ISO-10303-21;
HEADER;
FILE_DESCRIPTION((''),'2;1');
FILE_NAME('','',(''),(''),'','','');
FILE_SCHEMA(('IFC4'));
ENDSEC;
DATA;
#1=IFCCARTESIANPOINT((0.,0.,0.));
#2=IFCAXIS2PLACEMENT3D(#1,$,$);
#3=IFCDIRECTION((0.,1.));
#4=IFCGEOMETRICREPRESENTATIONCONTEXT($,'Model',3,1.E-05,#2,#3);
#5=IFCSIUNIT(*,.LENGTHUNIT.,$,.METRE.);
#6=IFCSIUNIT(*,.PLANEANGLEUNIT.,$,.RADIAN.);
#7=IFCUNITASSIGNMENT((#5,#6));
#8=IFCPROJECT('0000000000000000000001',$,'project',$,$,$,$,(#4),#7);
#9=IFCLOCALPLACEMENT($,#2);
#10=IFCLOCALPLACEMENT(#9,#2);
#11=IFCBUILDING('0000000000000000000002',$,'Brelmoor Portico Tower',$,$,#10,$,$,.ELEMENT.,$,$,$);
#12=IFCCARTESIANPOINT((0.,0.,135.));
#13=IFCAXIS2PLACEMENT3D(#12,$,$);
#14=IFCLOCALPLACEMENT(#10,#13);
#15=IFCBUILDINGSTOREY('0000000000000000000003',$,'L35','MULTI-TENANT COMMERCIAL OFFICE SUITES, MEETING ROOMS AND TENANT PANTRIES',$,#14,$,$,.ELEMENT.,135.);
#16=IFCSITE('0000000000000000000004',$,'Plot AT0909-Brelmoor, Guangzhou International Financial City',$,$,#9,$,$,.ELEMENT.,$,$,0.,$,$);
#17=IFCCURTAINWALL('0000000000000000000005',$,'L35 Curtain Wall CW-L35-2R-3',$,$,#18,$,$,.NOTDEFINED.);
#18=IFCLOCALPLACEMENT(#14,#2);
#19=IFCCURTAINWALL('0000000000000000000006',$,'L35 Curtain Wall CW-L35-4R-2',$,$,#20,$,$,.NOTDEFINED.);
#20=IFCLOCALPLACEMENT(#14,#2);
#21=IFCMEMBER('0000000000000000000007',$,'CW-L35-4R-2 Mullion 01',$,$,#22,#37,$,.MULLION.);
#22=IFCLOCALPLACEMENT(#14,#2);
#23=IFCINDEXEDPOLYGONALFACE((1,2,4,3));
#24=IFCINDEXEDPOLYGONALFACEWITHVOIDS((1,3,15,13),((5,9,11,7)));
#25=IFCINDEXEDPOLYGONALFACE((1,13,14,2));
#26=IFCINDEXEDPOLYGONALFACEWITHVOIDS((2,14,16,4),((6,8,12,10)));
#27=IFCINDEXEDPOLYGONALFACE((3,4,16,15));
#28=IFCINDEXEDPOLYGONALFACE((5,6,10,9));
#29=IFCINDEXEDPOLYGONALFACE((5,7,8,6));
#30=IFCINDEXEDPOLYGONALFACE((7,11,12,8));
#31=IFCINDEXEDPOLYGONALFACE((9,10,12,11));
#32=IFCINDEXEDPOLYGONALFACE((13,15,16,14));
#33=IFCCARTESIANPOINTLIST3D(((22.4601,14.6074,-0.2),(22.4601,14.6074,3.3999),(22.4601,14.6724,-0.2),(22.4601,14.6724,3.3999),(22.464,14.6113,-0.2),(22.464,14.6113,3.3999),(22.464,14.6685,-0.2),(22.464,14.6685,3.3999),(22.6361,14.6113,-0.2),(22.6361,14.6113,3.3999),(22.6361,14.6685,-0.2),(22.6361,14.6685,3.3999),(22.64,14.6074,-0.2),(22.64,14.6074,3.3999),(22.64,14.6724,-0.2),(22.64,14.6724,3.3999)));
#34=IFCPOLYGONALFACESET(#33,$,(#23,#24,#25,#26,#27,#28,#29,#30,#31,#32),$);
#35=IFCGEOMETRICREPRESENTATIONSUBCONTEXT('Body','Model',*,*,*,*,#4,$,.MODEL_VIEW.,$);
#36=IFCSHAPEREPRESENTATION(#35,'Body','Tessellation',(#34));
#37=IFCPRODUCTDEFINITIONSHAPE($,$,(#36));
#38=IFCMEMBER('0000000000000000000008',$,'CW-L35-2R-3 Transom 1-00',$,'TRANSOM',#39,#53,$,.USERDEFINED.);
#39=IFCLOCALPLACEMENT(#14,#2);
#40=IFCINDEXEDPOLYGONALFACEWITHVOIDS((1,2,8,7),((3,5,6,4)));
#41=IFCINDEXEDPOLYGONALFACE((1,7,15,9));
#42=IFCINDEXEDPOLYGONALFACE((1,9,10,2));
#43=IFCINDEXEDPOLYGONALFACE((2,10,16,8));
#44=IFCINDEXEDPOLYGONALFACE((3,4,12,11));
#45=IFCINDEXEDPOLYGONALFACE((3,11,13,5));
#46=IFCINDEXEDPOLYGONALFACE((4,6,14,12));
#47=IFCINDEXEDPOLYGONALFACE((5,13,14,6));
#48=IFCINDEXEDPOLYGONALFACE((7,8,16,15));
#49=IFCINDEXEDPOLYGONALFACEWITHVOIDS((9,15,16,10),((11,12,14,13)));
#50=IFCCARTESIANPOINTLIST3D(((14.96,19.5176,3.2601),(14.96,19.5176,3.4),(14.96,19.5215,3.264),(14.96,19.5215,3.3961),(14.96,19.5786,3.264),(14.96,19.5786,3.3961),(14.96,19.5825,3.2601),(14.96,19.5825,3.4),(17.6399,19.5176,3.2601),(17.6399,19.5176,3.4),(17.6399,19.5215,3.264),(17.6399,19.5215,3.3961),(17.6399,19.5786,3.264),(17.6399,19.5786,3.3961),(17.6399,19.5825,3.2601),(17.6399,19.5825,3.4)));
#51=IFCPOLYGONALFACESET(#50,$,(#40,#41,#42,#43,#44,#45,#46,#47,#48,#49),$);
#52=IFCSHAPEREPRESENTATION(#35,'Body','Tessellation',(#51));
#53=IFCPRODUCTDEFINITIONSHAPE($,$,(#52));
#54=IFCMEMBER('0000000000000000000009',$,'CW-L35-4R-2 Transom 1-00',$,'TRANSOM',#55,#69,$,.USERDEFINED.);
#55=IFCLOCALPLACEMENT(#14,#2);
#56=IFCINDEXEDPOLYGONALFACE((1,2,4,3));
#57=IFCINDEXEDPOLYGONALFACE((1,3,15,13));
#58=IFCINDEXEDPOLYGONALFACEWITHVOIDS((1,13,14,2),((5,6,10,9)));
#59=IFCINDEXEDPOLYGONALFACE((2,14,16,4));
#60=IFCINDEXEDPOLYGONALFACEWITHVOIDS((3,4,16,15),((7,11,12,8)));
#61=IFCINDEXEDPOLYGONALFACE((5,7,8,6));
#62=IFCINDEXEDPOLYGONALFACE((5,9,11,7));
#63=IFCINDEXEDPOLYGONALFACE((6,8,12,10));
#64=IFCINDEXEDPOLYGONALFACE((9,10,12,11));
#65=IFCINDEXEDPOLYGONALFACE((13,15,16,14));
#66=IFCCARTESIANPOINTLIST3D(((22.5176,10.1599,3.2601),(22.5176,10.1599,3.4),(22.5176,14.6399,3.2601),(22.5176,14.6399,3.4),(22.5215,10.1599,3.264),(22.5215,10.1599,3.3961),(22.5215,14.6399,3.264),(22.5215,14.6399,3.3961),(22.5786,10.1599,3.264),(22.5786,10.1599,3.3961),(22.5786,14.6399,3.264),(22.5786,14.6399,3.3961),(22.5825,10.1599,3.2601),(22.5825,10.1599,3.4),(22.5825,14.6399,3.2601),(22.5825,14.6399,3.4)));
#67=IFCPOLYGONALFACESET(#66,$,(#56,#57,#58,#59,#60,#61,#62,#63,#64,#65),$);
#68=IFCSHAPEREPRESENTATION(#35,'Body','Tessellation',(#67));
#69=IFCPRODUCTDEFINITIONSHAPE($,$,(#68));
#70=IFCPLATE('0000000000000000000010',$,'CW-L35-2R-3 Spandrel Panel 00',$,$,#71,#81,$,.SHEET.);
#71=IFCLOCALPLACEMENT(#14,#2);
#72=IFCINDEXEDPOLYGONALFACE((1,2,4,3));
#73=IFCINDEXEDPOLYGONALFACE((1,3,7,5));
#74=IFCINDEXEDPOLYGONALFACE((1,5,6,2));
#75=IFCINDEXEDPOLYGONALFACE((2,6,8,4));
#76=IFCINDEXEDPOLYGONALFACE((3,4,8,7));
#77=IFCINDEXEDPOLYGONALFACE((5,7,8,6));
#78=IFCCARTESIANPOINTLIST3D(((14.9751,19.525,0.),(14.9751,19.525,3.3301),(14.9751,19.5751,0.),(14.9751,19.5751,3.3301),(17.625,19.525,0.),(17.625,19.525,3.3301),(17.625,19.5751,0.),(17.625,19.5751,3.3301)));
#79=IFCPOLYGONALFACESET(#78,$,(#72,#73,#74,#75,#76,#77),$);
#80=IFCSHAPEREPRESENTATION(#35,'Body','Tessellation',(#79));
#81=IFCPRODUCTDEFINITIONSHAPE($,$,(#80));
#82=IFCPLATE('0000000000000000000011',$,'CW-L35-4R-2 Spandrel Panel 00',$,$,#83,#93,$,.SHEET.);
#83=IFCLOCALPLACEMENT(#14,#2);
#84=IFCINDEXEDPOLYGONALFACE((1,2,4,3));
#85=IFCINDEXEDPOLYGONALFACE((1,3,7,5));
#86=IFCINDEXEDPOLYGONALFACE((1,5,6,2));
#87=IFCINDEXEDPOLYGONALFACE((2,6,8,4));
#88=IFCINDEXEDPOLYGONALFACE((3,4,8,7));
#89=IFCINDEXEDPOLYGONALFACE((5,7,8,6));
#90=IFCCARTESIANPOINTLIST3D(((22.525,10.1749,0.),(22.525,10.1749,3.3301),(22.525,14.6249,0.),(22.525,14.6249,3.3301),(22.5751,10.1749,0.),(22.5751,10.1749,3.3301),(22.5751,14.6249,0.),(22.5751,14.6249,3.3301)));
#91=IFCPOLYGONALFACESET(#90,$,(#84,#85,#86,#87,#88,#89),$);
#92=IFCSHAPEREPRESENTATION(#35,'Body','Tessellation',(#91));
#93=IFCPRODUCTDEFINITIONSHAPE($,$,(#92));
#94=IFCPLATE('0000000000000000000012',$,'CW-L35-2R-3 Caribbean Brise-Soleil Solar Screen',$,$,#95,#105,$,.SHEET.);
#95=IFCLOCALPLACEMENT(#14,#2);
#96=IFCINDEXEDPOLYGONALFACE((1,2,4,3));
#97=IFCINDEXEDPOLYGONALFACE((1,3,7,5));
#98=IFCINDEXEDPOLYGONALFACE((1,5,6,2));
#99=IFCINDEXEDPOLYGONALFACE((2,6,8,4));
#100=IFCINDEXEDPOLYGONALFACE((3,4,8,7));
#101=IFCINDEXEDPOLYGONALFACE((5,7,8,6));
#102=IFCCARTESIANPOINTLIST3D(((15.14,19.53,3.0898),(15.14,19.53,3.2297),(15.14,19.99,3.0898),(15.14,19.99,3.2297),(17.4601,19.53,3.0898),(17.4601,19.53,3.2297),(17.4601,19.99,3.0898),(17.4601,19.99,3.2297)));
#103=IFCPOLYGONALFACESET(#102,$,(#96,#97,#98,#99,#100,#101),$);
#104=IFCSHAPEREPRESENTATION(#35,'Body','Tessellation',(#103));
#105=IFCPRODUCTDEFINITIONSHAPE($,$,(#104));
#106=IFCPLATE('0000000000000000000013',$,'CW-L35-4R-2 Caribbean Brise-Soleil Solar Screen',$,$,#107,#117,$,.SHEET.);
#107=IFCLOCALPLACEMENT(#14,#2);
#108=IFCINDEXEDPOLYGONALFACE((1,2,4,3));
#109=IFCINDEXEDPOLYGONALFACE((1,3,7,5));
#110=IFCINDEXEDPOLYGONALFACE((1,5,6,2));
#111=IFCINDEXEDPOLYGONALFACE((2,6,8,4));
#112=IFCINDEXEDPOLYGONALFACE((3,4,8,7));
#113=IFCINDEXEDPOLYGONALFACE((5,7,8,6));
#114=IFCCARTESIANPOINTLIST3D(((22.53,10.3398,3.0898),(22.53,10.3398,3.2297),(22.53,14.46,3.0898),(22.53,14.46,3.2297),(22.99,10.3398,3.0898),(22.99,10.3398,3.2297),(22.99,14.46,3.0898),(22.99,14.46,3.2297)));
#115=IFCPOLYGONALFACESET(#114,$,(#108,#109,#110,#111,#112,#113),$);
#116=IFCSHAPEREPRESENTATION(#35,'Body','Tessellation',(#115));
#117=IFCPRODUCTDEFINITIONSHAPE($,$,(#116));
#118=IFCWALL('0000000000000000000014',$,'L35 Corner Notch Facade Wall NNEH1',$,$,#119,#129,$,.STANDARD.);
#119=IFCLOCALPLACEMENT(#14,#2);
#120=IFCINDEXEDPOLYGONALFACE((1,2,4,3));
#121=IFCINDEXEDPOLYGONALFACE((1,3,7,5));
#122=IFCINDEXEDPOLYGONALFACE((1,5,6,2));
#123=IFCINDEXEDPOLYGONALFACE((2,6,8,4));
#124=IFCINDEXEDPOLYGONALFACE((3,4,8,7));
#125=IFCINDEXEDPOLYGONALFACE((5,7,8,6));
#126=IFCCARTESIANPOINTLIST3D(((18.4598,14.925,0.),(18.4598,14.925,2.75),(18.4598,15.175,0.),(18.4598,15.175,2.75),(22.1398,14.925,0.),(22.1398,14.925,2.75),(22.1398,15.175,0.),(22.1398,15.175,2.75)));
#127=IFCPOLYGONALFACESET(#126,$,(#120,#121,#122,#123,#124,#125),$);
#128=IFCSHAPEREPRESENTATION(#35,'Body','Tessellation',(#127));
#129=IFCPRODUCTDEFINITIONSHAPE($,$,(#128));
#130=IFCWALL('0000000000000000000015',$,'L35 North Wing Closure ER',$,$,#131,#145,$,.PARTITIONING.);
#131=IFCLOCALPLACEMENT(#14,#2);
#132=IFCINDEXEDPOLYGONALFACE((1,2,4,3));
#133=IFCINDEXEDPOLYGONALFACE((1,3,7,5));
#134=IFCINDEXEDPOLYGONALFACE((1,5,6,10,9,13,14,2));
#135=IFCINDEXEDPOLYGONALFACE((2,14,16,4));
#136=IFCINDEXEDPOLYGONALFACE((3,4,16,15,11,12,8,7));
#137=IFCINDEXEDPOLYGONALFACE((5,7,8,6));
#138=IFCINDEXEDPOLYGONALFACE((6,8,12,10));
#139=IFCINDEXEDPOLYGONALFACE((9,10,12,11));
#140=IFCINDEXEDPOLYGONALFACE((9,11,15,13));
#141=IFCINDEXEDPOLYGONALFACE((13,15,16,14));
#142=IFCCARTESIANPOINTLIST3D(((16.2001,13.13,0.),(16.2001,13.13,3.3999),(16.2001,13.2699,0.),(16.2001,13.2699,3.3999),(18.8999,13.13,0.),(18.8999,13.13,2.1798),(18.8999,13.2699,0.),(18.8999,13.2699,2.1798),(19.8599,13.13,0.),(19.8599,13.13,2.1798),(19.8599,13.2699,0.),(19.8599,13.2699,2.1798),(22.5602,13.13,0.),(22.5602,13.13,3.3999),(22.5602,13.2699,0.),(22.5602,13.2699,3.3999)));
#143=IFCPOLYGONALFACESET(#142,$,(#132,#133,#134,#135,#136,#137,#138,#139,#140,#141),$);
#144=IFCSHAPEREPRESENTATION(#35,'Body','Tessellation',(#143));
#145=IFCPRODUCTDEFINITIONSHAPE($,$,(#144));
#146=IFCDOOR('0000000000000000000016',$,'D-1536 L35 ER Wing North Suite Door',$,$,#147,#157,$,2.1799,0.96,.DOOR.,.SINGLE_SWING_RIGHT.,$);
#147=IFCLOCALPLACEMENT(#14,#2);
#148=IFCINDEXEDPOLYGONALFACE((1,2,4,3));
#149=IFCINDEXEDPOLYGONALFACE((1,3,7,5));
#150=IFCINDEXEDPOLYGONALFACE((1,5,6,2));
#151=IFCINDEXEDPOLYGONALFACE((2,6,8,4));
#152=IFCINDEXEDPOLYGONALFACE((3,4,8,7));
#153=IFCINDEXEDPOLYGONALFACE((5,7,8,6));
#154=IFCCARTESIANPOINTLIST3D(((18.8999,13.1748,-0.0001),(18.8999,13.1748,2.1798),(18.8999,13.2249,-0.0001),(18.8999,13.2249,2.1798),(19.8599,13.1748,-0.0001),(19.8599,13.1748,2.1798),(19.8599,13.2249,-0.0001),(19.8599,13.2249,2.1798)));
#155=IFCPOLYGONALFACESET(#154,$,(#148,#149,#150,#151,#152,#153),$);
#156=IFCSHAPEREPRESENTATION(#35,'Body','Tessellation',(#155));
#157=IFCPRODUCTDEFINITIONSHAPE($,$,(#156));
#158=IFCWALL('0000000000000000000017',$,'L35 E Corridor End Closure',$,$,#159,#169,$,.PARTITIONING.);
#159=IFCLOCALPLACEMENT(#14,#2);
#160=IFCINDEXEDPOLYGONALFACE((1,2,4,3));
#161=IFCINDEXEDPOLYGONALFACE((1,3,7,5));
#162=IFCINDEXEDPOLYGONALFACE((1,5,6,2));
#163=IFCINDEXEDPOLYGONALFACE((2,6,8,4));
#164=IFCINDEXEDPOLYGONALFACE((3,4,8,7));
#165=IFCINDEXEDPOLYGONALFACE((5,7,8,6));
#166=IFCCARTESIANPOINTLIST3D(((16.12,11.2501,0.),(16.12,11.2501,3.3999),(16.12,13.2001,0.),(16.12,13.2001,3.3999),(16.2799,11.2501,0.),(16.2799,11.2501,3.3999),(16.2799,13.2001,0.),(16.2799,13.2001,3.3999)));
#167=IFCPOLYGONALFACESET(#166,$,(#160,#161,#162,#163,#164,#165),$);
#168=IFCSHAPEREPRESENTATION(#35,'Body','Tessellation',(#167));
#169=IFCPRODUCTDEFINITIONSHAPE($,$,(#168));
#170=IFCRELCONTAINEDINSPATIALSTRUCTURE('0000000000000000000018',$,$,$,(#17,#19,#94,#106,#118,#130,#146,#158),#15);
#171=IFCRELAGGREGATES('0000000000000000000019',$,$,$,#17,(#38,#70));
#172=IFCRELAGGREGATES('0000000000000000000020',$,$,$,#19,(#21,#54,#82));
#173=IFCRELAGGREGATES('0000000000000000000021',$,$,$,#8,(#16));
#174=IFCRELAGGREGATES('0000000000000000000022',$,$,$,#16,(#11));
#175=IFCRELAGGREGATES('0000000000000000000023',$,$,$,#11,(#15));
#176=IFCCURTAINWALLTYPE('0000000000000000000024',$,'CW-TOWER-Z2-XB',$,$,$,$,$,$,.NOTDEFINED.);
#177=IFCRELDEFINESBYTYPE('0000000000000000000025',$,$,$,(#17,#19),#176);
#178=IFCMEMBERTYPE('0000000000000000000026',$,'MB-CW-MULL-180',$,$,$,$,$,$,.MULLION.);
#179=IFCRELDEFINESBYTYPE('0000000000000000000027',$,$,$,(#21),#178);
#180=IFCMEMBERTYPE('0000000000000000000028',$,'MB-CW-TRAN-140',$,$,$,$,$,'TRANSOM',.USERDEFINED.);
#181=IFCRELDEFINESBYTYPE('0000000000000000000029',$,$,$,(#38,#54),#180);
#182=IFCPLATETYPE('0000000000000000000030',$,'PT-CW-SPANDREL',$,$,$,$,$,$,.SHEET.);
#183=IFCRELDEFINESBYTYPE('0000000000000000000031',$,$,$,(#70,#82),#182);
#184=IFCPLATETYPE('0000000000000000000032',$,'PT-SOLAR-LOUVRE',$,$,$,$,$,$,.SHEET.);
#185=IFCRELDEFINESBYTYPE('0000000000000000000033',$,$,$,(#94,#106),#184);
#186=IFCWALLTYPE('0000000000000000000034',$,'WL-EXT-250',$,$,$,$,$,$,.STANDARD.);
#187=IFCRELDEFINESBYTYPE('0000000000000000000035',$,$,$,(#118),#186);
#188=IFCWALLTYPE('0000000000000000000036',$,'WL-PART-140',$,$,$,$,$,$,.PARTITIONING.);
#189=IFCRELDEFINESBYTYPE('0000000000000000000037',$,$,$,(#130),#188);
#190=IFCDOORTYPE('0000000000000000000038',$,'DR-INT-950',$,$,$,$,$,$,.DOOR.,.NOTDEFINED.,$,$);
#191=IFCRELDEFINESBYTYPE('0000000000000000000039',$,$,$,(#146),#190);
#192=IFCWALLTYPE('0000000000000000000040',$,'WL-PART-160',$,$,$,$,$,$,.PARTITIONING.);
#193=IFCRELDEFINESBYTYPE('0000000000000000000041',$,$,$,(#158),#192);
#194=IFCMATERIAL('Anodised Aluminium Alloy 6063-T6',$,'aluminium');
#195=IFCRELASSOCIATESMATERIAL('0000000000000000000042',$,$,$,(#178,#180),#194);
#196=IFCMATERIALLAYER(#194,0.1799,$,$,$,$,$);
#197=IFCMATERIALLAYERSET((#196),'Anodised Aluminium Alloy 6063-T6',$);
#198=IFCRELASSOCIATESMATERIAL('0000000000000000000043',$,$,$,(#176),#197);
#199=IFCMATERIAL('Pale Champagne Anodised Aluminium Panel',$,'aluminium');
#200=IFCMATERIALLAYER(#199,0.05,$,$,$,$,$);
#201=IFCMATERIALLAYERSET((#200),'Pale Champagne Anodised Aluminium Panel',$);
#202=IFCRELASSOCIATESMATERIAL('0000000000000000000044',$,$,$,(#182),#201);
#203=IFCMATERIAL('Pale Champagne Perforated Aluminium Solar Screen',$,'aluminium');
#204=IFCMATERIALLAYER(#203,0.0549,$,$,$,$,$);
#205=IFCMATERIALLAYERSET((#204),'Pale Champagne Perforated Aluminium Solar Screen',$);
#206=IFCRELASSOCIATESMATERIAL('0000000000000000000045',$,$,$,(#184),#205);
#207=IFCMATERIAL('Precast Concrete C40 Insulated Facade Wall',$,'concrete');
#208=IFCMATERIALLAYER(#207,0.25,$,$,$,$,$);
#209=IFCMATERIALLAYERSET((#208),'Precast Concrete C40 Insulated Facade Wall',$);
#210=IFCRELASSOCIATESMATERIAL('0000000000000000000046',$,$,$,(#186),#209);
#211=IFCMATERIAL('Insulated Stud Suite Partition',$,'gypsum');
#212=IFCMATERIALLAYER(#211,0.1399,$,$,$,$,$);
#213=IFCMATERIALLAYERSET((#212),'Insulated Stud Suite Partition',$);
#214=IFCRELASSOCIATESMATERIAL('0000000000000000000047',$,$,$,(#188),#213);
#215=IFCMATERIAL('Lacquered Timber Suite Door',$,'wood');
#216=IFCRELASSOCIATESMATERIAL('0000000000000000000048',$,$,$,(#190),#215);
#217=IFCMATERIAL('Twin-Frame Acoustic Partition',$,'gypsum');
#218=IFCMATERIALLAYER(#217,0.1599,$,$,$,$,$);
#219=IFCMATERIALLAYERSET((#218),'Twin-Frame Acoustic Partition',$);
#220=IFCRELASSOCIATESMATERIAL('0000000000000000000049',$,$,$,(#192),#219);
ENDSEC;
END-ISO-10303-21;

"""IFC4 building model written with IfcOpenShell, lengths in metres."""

from ifc_helpers import new_model, si_unit, direction, frame, frame_2d, origin, origin_2d, place, context, subcontext, project, spatial, rectangle, hollow_rectangle, extrude, material, layer, layer_set, material_profile, profile_set, type_object, element, fill, aggregate, save


model = new_model("IFC4")

# Units and contexts
model_context = context("Model", 3, precision=1e-05, world=origin(), true_north=direction((0.0, 1.0)))
body_context = subcontext(model_context, "Body", "Model", "MODEL_VIEW")
ifc_project = project(units=[si_unit("LENGTHUNIT", "METRE"), si_unit("PLANEANGLEUNIT", "RADIAN")], contexts=[model_context])

# Site, building, storey
site_placement = place(None, origin())
site = spatial("IfcSite", under=ifc_project, at=site_placement, Name="Plot AT0909-Brelmoor, Guangzhou International Financial City", CompositionType="ELEMENT", RefElevation=0.0)
building_placement = place(site_placement, origin())
building = spatial("IfcBuilding", under=site, at=building_placement, Name="Brelmoor Portico Tower", CompositionType="ELEMENT")
storey_placement = place(building_placement, frame((0.0, 0.0, 135.0)))
storey = spatial("IfcBuildingStorey", under=building, at=storey_placement, Name="L35", Description="MULTI-TENANT COMMERCIAL OFFICE SUITES, MEETING ROOMS AND TENANT PANTRIES", CompositionType="ELEMENT", Elevation=135.0)

# Shared definitions
ifc_material_1 = material(Name="Anodised Aluminium Alloy 6063-T6", Category="aluminium")
ifc_material_profile_1 = material_profile(ifc_material_1, hollow_rectangle(XDim=0.0649, YDim=0.1799, WallThickness=0.0039, at=origin_2d()), Name="ALU MULLION 65x180")
ifc_profile_set_1 = profile_set([ifc_material_profile_1], Name="Anodised Aluminium Alloy 6063-T6")
member_type_1 = type_object("IfcMemberType", Name="MB-CW-MULL-180", PredefinedType="MULLION", material=ifc_profile_set_1)

# Curtain wall
ifc_layer_1 = layer(ifc_material_1, 0.1799)
ifc_layer_set_1 = layer_set([ifc_layer_1], Name="Anodised Aluminium Alloy 6063-T6")
curtain_wall_type_1 = type_object("IfcCurtainWallType", Name="CW-TOWER-Z2-XB", PredefinedType="NOTDEFINED", material=ifc_layer_set_1)
curtain_wall_1_placement = place(storey_placement, origin())
curtain_wall_1 = element("IfcCurtainWall", 1, at=curtain_wall_1_placement, inside=storey, type_object=curtain_wall_type_1, Name="L35 Curtain Wall CW-L35-2R-3", PredefinedType="NOTDEFINED")

# Curtain wall, member
curtain_wall_2_placement = place(storey_placement, origin())
curtain_wall_2 = element("IfcCurtainWall", 2, at=curtain_wall_2_placement, inside=storey, type_object=curtain_wall_type_1, Name="L35 Curtain Wall CW-L35-4R-2", PredefinedType="NOTDEFINED")
member_1_placement = place(storey_placement, frame((22.55, 14.6399, -0.2), z_axis=(0.0, 0.0, 1.0), x_axis=(0.0, 1.0, 0.0)))
member_1 = element("IfcMember", 3, at=member_1_placement, type_object=member_type_1, Name="CW-L35-4R-2 Mullion 01", PredefinedType="MULLION", context=body_context, shape_type="SweptSolid", body=[
    extrude(hollow_rectangle(XDim=0.0649, YDim=0.1799, WallThickness=0.0039, at=origin_2d()), origin(), (0.0, 0.0, 1.0), 3.5999),
])

# Members
ifc_material_profile_2 = material_profile(ifc_material_1, hollow_rectangle(XDim=0.0649, YDim=0.1399, WallThickness=0.0039, at=origin_2d()), Name="ALU TRANSOM 65x140")
ifc_profile_set_2 = profile_set([ifc_material_profile_2], Name="Anodised Aluminium Alloy 6063-T6")
member_type_2 = type_object("IfcMemberType", Name="MB-CW-TRAN-140", ElementType="TRANSOM", PredefinedType="USERDEFINED", material=ifc_profile_set_2)
member_2_placement = place(storey_placement, frame((14.96, 19.55, 3.3301), z_axis=(1.0, 0.0, 0.0), x_axis=(0.0, 1.0, 0.0)))
member_2 = element("IfcMember", 4, at=member_2_placement, type_object=member_type_2, Name="CW-L35-2R-3 Transom 1-00", ObjectType="TRANSOM", PredefinedType="USERDEFINED", context=body_context, shape_type="SweptSolid", body=[
    extrude(hollow_rectangle(XDim=0.0649, YDim=0.1399, WallThickness=0.0039, at=origin_2d()), origin(), (0.0, 0.0, 1.0), 2.6799),
])
member_3_placement = place(storey_placement, frame((22.55, 10.1599, 3.3301), z_axis=(0.0, 1.0, 0.0), x_axis=(-1.0, 0.0, 0.0)))
member_3 = element("IfcMember", 5, at=member_3_placement, type_object=member_type_2, Name="CW-L35-4R-2 Transom 1-00", ObjectType="TRANSOM", PredefinedType="USERDEFINED", context=body_context, shape_type="SweptSolid", body=[
    extrude(hollow_rectangle(XDim=0.0649, YDim=0.1399, WallThickness=0.0039, at=origin_2d()), origin(), (0.0, 0.0, 1.0), 4.48),
])

# Plates
ifc_material_2 = material(Name="Pale Champagne Anodised Aluminium Panel", Category="aluminium")
ifc_layer_2 = layer(ifc_material_2, 0.05)
ifc_layer_set_2 = layer_set([ifc_layer_2], Name="Pale Champagne Anodised Aluminium Panel")
plate_type_1 = type_object("IfcPlateType", Name="PT-CW-SPANDREL", PredefinedType="SHEET", material=ifc_layer_set_2)
plate_1_placement = place(storey_placement, frame((16.3, 19.55, 0.0), z_axis=(0.0, 0.0, 1.0), x_axis=(1.0, 0.0, 0.0)))
plate_1 = element("IfcPlate", 6, at=plate_1_placement, type_object=plate_type_1, Name="CW-L35-2R-3 Spandrel Panel 00", PredefinedType="SHEET", context=body_context, shape_type="SweptSolid", body=[
    extrude(rectangle(XDim=2.6499, YDim=0.05, at=origin_2d()), origin(), (0.0, 0.0, 1.0), 3.3301),
])
aggregate(curtain_wall_1, [member_2, plate_1])
plate_2_placement = place(storey_placement, frame((22.55, 12.3999, 0.0), z_axis=(0.0, 0.0, 1.0), x_axis=(0.0, 1.0, 0.0)))
plate_2 = element("IfcPlate", 7, at=plate_2_placement, type_object=plate_type_1, Name="CW-L35-4R-2 Spandrel Panel 00", PredefinedType="SHEET", context=body_context, shape_type="SweptSolid", body=[
    extrude(rectangle(XDim=4.45, YDim=0.05, at=origin_2d()), origin(), (0.0, 0.0, 1.0), 3.3301),
])
aggregate(curtain_wall_2, [member_1, member_3, plate_2])

# Plates
ifc_material_3 = material(Name="Pale Champagne Perforated Aluminium Solar Screen", Category="aluminium")
ifc_layer_3 = layer(ifc_material_3, 0.0549)
ifc_layer_set_3 = layer_set([ifc_layer_3], Name="Pale Champagne Perforated Aluminium Solar Screen")
plate_type_2 = type_object("IfcPlateType", Name="PT-SOLAR-LOUVRE", PredefinedType="SHEET", material=ifc_layer_set_3)
plate_3_placement = place(storey_placement, frame((16.3, 19.76, 3.0898), z_axis=(0.0, 0.0, 1.0), x_axis=(1.0, 0.0, 0.0)))
element("IfcPlate", 8, at=plate_3_placement, inside=storey, type_object=plate_type_2, Name="CW-L35-2R-3 Caribbean Brise-Soleil Solar Screen", PredefinedType="SHEET", context=body_context, shape_type="SweptSolid", body=[
    extrude(rectangle(XDim=2.3201, YDim=0.46, at=origin_2d()), origin(), (0.0, 0.0, 1.0), 0.1399),
])
plate_4_placement = place(storey_placement, frame((22.76, 12.3999, 3.0898), z_axis=(0.0, 0.0, 1.0), x_axis=(0.0, 1.0, 0.0)))
element("IfcPlate", 9, at=plate_4_placement, inside=storey, type_object=plate_type_2, Name="CW-L35-4R-2 Caribbean Brise-Soleil Solar Screen", PredefinedType="SHEET", context=body_context, shape_type="SweptSolid", body=[
    extrude(rectangle(XDim=4.1201, YDim=0.46, at=origin_2d()), origin(), (0.0, 0.0, 1.0), 0.1399),
])

# Wall
ifc_material_4 = material(Name="Precast Concrete C40 Insulated Facade Wall", Category="concrete")
ifc_layer_4 = layer(ifc_material_4, 0.25)
ifc_layer_set_4 = layer_set([ifc_layer_4], Name="Precast Concrete C40 Insulated Facade Wall")
wall_type_1 = type_object("IfcWallType", Name="WL-EXT-250", PredefinedType="STANDARD", material=ifc_layer_set_4)
for number, where, z_axis, x_axis, name in (
    (10, (18.46, 15.05, 0.0), (0.0, 0.0, 1.0), (1.0, 0.0, 0.0), "L35 Corner Notch Facade Wall NNEH1"),
):
    element("IfcWall", number, at=place(storey_placement, frame(where, z_axis=z_axis, x_axis=x_axis)), inside=storey, type_object=wall_type_1, Name=name, PredefinedType="STANDARD", context=body_context, shape_type="SweptSolid", body=[
        extrude(rectangle(XDim=3.6799, YDim=0.25, at=frame_2d((1.8398, 0.0))), origin(), (0.0, 0.0, 1.0), 2.75),
    ])

# Wall, opening, door
ifc_material_5 = material(Name="Insulated Stud Suite Partition", Category="gypsum")
ifc_layer_5 = layer(ifc_material_5, 0.1399)
ifc_layer_set_5 = layer_set([ifc_layer_5], Name="Insulated Stud Suite Partition")
wall_type_2 = type_object("IfcWallType", Name="WL-PART-140", PredefinedType="PARTITIONING", material=ifc_layer_set_5)
wall_1_placement = place(storey_placement, frame((16.2, 13.2, 0.0), z_axis=(0.0, 0.0, 1.0), x_axis=(1.0, 0.0, 0.0)))
wall_1 = element("IfcWall", 11, at=wall_1_placement, inside=storey, type_object=wall_type_2, Name="L35 North Wing Closure ER", PredefinedType="PARTITIONING", context=body_context, shape_type="SweptSolid", body=[
    extrude(rectangle(XDim=6.3601, YDim=0.1399, at=frame_2d((3.1802, 0.0))), origin(), (0.0, 0.0, 1.0), 3.3999),
])
opening_1_placement = place(wall_1_placement, frame((2.7, 0.0, 0.0)))
opening_1 = element("IfcOpeningElement", 12, at=opening_1_placement, cuts=wall_1, PredefinedType="OPENING", context=body_context, shape_type="SweptSolid", body=[
    extrude(rectangle(XDim=0.96, YDim=2.1799, at=frame_2d((0.48, 1.0898))), frame((0.0, 0.0798, 0.0), z_axis=(0.0, -1.0, 0.0), x_axis=(1.0, 0.0, 0.0)), (0.0, 0.0, 1.0), 0.1599),
])
ifc_material_6 = material(Name="Lacquered Timber Suite Door", Category="wood")
door_type_1 = type_object("IfcDoorType", Name="DR-INT-950", OperationType="NOTDEFINED", PredefinedType="DOOR", material=ifc_material_6)
door_1_placement = place(opening_1_placement, origin())
door_1 = element("IfcDoor", 13, at=door_1_placement, inside=storey, type_object=door_type_1, Name="D-1536 L35 ER Wing North Suite Door", OperationType="SINGLE_SWING_RIGHT", OverallHeight=2.1799, OverallWidth=0.96, PredefinedType="DOOR", context=body_context, shape_type="SweptSolid", body=[
    extrude(rectangle(XDim=0.96, YDim=2.1799, at=frame_2d((0.48, 1.0898))), frame((0.0, 0.0249, 0.0), z_axis=(0.0, -1.0, 0.0), x_axis=(1.0, 0.0, 0.0)), (0.0, 0.0, 1.0), 0.05),
])
fill(opening_1, door_1)
ifc_material_7 = material(Name="Twin-Frame Acoustic Partition", Category="gypsum")
ifc_layer_6 = layer(ifc_material_7, 0.1599)
ifc_layer_set_6 = layer_set([ifc_layer_6], Name="Twin-Frame Acoustic Partition")
wall_type_3 = type_object("IfcWallType", Name="WL-PART-160", PredefinedType="PARTITIONING", material=ifc_layer_set_6)

# Wall
wall_2_placement = place(storey_placement, frame((16.2, 11.25, 0.0), z_axis=(0.0, 0.0, 1.0), x_axis=(0.0, 1.0, 0.0)))
element("IfcWall", 14, at=wall_2_placement, inside=storey, type_object=wall_type_3, Name="L35 E Corridor End Closure", PredefinedType="PARTITIONING", context=body_context, shape_type="SweptSolid", body=[
    extrude(rectangle(XDim=1.95, YDim=0.1599, at=frame_2d((0.9751, 0.0))), origin(), (0.0, 0.0, 1.0), 3.3999),
])

save(model, "model.ifc")
